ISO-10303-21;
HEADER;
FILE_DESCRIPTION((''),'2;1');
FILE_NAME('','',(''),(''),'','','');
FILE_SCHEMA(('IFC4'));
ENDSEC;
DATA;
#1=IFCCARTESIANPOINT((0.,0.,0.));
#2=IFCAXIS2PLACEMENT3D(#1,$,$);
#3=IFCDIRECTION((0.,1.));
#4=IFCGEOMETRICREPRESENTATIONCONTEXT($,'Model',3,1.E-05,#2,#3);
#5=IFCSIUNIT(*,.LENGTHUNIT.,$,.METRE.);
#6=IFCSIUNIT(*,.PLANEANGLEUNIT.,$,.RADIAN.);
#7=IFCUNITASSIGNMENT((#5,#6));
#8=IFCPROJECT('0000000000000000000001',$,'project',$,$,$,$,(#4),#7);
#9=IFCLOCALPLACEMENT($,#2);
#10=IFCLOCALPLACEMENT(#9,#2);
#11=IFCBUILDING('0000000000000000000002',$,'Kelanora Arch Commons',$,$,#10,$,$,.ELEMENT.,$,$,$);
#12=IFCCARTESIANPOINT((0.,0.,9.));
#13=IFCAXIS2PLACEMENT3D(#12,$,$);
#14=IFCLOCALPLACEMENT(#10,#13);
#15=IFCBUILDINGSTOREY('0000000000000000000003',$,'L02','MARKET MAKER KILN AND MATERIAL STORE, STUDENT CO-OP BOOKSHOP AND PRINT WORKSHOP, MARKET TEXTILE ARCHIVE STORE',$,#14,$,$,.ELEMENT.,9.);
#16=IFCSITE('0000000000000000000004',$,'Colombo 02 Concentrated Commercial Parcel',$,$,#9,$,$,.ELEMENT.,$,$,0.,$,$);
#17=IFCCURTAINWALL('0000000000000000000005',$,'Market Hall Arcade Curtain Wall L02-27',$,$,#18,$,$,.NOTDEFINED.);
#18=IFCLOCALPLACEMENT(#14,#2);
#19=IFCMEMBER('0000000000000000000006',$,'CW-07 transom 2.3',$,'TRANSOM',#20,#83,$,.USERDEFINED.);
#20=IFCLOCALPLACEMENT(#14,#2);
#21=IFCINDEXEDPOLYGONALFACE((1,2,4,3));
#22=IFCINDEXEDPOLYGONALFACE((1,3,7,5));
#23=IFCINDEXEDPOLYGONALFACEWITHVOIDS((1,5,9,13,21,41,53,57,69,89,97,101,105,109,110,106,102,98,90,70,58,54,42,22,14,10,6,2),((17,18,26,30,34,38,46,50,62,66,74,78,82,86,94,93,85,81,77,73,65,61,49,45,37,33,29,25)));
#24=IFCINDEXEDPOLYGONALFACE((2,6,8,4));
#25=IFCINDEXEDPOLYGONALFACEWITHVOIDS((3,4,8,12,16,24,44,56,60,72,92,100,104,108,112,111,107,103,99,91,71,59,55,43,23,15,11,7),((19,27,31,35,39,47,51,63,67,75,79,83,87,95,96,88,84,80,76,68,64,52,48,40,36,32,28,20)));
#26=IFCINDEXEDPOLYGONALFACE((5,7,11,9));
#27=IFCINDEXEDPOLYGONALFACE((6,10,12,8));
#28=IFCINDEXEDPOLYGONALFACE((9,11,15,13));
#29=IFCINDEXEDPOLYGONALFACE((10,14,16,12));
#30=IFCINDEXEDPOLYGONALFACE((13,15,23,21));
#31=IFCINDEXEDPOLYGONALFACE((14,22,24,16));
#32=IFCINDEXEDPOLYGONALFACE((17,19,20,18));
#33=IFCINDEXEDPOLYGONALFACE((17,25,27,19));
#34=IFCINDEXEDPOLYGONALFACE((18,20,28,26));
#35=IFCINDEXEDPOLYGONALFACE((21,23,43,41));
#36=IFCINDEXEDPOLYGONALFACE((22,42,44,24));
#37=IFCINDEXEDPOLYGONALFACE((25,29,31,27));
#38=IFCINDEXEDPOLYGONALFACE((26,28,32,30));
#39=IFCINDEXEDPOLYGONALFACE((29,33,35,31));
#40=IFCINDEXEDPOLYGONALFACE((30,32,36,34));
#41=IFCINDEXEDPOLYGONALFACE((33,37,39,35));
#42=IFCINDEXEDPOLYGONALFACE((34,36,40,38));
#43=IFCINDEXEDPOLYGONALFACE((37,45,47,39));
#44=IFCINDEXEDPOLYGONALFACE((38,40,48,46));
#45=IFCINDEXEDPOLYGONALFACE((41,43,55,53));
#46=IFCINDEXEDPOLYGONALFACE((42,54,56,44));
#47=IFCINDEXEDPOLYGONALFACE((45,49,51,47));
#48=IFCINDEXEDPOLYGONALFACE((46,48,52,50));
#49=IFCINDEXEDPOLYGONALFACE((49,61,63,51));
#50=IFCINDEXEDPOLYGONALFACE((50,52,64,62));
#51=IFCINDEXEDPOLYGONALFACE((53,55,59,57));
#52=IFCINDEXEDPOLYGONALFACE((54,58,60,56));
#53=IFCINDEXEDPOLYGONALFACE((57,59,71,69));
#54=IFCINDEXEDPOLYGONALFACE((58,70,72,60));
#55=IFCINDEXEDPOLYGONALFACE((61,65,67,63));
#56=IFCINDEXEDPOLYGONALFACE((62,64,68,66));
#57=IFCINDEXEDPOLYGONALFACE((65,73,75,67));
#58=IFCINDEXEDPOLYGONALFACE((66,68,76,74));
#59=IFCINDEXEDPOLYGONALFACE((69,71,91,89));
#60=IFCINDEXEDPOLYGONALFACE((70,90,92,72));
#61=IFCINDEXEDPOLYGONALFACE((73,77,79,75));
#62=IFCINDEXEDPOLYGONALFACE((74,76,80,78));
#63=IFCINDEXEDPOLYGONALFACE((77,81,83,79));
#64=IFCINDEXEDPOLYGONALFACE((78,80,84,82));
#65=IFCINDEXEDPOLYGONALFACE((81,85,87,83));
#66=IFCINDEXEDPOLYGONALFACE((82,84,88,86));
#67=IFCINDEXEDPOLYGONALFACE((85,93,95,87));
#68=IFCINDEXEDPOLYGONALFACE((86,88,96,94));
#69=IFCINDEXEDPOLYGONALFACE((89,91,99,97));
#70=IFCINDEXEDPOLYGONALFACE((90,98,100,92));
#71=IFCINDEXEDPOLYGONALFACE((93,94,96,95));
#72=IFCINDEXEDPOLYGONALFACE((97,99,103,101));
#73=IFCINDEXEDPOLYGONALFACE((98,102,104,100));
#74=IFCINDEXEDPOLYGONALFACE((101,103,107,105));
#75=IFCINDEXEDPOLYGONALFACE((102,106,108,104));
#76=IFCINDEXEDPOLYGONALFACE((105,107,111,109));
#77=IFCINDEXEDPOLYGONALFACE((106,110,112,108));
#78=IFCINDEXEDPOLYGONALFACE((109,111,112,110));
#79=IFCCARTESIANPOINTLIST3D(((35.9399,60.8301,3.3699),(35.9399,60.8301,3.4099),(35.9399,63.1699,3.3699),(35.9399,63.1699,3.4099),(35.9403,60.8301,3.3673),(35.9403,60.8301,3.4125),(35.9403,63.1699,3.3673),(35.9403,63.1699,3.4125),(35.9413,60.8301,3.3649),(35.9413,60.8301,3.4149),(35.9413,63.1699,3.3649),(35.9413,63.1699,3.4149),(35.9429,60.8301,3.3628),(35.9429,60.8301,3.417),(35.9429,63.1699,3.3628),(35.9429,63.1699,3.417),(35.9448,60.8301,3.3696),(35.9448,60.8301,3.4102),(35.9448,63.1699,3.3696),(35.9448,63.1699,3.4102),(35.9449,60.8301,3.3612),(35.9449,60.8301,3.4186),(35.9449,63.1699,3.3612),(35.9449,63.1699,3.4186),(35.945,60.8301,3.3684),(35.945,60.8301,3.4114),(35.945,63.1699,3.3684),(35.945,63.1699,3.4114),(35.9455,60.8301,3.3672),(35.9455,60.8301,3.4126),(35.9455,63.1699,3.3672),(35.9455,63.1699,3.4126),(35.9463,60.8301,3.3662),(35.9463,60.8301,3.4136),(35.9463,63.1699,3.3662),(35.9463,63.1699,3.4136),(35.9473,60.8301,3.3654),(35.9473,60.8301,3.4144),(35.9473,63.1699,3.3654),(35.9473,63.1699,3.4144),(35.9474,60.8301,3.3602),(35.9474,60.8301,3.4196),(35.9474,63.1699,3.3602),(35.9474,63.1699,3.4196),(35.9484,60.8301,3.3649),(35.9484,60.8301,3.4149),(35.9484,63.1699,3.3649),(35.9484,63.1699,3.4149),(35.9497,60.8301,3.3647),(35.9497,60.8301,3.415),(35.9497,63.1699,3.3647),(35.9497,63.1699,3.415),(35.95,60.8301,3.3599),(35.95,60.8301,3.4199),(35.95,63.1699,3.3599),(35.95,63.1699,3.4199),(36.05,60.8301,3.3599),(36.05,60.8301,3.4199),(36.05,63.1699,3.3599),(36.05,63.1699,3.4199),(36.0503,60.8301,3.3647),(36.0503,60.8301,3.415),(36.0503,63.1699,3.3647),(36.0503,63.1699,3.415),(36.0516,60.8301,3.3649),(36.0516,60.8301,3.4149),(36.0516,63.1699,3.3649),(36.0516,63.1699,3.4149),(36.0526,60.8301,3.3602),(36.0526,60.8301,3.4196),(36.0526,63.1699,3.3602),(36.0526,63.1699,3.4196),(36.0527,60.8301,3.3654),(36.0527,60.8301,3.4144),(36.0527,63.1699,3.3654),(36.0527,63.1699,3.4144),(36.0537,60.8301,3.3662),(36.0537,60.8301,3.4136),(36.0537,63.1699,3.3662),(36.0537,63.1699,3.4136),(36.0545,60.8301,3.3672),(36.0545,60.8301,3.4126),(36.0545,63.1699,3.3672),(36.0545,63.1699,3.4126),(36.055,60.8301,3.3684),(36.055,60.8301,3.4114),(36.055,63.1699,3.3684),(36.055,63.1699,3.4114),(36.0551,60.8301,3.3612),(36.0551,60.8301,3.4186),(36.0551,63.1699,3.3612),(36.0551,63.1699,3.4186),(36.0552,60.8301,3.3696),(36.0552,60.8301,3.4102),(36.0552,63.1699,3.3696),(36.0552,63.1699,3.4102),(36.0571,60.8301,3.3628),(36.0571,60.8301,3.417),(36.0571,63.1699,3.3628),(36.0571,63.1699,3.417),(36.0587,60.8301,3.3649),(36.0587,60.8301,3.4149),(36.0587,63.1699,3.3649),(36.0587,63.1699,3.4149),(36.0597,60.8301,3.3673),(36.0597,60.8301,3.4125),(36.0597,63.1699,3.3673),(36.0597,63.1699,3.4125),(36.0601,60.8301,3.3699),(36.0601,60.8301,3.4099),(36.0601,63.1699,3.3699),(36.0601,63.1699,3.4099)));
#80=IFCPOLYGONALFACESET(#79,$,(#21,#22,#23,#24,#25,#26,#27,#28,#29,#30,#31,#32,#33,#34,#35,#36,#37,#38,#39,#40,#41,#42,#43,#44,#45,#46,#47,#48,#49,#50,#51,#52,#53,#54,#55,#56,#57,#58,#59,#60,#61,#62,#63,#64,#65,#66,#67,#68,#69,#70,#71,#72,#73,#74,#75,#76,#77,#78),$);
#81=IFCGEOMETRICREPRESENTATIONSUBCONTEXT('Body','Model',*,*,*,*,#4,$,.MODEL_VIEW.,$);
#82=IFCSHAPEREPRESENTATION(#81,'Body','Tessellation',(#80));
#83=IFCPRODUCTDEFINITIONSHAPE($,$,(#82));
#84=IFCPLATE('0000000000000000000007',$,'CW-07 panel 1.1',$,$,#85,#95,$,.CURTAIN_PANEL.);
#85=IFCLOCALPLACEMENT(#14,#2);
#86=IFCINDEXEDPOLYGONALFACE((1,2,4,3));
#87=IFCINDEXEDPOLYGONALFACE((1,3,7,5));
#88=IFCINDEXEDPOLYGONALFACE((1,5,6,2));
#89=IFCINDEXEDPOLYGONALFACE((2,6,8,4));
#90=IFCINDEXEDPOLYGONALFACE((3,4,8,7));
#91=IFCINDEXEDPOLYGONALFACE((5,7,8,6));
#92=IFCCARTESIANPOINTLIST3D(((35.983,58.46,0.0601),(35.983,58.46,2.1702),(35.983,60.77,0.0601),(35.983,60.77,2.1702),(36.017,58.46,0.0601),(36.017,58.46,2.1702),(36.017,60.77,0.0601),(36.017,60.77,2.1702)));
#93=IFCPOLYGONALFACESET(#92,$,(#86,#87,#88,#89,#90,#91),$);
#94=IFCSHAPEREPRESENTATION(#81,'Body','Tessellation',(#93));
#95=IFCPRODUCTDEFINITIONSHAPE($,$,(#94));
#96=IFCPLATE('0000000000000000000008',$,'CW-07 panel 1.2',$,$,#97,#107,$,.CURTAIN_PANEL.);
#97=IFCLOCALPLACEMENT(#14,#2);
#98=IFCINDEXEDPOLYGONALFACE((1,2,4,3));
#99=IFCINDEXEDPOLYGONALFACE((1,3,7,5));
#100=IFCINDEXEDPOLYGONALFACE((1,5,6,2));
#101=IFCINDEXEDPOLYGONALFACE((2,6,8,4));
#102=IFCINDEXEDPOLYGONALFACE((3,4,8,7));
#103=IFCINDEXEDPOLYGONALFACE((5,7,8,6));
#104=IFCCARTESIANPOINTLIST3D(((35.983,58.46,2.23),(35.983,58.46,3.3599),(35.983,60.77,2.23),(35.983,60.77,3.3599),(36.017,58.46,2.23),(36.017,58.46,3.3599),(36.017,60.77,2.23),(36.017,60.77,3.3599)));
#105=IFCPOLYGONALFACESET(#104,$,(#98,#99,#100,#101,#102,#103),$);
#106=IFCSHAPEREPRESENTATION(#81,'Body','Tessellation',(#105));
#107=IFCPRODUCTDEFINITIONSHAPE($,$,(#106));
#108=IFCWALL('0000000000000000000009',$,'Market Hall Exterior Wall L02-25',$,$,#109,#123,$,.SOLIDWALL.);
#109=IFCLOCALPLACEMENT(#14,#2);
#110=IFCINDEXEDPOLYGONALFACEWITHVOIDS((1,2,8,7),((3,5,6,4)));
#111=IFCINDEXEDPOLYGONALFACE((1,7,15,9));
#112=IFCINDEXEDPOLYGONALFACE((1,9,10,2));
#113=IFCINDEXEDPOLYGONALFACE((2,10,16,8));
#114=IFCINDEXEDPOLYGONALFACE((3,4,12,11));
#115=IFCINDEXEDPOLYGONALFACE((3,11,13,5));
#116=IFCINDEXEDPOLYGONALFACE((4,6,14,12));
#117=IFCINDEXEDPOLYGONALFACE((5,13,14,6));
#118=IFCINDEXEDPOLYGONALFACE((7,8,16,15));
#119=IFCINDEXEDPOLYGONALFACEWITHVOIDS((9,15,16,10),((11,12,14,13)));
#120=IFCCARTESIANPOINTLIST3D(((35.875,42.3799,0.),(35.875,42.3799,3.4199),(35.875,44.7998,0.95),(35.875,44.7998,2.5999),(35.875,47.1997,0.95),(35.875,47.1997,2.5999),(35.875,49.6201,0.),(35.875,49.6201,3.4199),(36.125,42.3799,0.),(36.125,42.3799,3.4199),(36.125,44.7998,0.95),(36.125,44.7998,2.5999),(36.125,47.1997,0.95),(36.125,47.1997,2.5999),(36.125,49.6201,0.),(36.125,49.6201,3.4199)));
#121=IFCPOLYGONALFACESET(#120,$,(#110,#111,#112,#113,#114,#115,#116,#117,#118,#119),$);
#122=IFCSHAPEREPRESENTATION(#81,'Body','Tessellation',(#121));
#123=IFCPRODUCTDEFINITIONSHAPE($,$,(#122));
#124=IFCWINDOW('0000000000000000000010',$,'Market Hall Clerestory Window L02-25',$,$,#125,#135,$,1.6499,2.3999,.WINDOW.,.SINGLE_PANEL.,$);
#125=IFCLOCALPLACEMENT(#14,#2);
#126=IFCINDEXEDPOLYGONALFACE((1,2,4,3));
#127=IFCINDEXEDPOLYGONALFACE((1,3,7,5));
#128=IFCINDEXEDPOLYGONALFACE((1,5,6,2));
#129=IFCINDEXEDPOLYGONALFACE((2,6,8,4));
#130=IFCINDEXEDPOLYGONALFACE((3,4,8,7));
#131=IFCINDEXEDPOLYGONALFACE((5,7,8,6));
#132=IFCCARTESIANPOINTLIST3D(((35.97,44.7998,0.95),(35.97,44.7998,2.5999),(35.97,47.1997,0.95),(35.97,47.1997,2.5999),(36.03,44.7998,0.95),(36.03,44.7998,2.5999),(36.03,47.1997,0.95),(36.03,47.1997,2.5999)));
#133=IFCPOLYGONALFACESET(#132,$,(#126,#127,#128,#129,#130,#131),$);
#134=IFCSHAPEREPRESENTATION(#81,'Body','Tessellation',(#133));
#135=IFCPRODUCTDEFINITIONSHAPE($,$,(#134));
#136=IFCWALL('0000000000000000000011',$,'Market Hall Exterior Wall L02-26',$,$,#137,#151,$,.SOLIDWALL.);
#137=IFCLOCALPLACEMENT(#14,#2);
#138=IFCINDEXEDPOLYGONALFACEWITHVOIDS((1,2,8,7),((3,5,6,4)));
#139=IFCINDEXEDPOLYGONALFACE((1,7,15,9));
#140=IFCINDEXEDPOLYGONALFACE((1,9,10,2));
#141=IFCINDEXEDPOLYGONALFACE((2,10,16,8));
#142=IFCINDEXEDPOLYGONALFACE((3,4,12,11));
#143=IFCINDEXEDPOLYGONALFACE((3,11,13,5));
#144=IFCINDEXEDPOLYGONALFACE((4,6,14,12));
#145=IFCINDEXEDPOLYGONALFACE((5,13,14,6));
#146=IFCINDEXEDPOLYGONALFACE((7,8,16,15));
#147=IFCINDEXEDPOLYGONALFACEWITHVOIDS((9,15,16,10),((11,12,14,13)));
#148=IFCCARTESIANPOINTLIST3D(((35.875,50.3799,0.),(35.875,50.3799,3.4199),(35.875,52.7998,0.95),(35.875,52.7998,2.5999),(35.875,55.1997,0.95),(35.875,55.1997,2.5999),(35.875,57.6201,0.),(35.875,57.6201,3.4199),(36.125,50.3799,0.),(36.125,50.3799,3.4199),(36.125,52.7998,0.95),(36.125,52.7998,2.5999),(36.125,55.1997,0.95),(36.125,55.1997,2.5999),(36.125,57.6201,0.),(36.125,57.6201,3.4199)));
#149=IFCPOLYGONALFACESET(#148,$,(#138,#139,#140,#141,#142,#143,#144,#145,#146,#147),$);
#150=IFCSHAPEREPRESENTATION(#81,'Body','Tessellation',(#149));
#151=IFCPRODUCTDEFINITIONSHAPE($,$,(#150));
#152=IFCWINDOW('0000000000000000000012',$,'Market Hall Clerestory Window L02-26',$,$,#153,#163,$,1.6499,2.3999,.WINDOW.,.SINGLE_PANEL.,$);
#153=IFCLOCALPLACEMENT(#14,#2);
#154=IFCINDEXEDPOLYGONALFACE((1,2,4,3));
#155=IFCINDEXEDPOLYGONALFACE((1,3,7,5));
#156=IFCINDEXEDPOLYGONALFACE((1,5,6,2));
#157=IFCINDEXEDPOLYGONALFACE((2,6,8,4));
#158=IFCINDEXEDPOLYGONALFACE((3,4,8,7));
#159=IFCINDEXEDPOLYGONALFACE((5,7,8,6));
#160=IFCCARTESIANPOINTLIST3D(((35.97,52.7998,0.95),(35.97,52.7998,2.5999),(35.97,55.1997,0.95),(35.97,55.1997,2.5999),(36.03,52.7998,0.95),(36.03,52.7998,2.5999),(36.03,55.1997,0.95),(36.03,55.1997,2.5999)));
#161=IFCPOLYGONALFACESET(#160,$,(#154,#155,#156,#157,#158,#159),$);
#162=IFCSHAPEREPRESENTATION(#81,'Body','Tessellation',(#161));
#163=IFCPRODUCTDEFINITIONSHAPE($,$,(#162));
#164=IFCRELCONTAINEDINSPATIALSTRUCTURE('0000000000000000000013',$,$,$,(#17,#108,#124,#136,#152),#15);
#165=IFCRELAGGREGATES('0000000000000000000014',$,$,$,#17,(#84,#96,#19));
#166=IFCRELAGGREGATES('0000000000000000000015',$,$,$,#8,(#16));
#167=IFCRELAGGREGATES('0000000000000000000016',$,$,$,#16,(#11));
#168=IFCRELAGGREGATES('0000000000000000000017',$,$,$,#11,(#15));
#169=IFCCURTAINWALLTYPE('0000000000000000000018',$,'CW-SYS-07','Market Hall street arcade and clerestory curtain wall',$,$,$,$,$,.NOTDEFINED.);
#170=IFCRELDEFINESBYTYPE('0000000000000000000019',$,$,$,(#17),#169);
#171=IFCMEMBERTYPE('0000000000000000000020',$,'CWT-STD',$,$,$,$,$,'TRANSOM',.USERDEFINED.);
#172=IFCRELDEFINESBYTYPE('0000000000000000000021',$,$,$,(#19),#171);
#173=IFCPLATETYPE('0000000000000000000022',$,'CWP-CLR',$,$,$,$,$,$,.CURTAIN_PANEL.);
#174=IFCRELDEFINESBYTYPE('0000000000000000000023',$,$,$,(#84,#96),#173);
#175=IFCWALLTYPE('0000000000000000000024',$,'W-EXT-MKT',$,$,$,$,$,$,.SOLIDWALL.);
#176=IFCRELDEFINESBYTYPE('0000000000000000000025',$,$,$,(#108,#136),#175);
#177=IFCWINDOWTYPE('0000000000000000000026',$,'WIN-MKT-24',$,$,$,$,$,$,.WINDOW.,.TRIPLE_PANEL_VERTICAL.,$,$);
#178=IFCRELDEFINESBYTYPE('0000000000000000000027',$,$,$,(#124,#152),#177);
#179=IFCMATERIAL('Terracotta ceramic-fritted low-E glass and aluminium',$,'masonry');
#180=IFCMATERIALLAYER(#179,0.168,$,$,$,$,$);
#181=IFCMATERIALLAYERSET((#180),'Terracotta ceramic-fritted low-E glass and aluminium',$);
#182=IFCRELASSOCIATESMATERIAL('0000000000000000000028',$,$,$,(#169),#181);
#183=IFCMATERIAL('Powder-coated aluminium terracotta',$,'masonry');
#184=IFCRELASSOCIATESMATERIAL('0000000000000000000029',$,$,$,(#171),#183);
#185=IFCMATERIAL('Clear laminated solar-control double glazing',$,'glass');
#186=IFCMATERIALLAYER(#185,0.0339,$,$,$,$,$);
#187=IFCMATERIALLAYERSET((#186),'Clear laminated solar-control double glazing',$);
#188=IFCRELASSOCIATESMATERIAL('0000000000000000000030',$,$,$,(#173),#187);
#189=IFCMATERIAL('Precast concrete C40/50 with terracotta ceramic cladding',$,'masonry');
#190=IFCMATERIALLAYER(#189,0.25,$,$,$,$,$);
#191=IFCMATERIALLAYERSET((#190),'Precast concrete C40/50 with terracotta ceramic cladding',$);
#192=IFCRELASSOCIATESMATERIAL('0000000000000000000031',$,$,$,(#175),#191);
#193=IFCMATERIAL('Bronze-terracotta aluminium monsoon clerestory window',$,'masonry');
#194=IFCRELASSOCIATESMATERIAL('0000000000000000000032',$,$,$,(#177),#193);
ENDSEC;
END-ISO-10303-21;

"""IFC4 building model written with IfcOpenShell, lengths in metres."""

from ifc_helpers import new_model, si_unit, direction, frame, frame_2d, origin, origin_2d, place, context, subcontext, project, spatial, rectangle, hollow_rectangle, extrude, source, transform, mapped, material, layer, layer_set, material_profile, profile_set, type_object, element, fill, aggregate, save


model = new_model("IFC4")

# Units and contexts
model_context = context("Model", 3, precision=1e-05, world=origin(), true_north=direction((0.0, 1.0)))
body_context = subcontext(model_context, "Body", "Model", "MODEL_VIEW")
ifc_project = project(units=[si_unit("LENGTHUNIT", "METRE"), si_unit("PLANEANGLEUNIT", "RADIAN")], contexts=[model_context])

# Site, building, storey
site_placement = place(None, origin())
site = spatial("IfcSite", under=ifc_project, at=site_placement, Name="Colombo 02 Concentrated Commercial Parcel", CompositionType="ELEMENT", RefElevation=0.0)
building_placement = place(site_placement, origin())
building = spatial("IfcBuilding", under=site, at=building_placement, Name="Kelanora Arch Commons", CompositionType="ELEMENT")
storey_placement = place(building_placement, frame((0.0, 0.0, 9.0)))
storey = spatial("IfcBuildingStorey", under=building, at=storey_placement, Name="L02", Description="MARKET MAKER KILN AND MATERIAL STORE, STUDENT CO-OP BOOKSHOP AND PRINT WORKSHOP, MARKET TEXTILE ARCHIVE STORE", CompositionType="ELEMENT", Elevation=9.0)

# Curtain wall, member, plates
ifc_material_1 = material(Name="Terracotta ceramic-fritted low-E glass and aluminium", Category="masonry")
ifc_layer_1 = layer(ifc_material_1, 0.168)
ifc_layer_set_1 = layer_set([ifc_layer_1], Name="Terracotta ceramic-fritted low-E glass and aluminium")
curtain_wall_type = type_object("IfcCurtainWallType", Name="CW-SYS-07", Description="Market Hall street arcade and clerestory curtain wall", PredefinedType="NOTDEFINED", material=ifc_layer_set_1)
curtain_wall_placement = place(storey_placement, origin())
curtain_wall = element("IfcCurtainWall", 1, at=curtain_wall_placement, inside=storey, type_object=curtain_wall_type, Name="Market Hall Arcade Curtain Wall L02-27", PredefinedType="NOTDEFINED")
ifc_material_2 = material(Name="Powder-coated aluminium terracotta", Category="masonry")
ifc_material_profile_1 = material_profile(ifc_material_2, hollow_rectangle(XDim=0.1201, YDim=0.0601, WallThickness=0.0049, InnerFilletRadius=0.0049, OuterFilletRadius=0.01, at=origin_2d()), Name="CWT120x60")
ifc_profile_set_1 = profile_set([ifc_material_profile_1], Name="Powder-coated aluminium terracotta")
member_type_1 = type_object("IfcMemberType", Name="CWT-STD", ElementType="TRANSOM", PredefinedType="USERDEFINED", material=ifc_profile_set_1)
member_1_placement = place(storey_placement, frame((36.0, 60.8301, 3.3899), z_axis=(0.0, 1.0, 0.0), x_axis=(-1.0, 0.0, 0.0)))
member_1 = element("IfcMember", 2, at=member_1_placement, type_object=member_type_1, Name="CW-07 transom 2.3", ObjectType="TRANSOM", PredefinedType="USERDEFINED", context=body_context, shape_type="SweptSolid", body=[
    extrude(hollow_rectangle(XDim=0.1201, YDim=0.0601, WallThickness=0.0049, InnerFilletRadius=0.0049, OuterFilletRadius=0.01, at=origin_2d()), origin(), (0.0, 0.0, 1.0), 2.3398),
])
ifc_material_3 = material(Name="Clear laminated solar-control double glazing", Category="glass")
ifc_layer_2 = layer(ifc_material_3, 0.0339)
ifc_layer_set_2 = layer_set([ifc_layer_2], Name="Clear laminated solar-control double glazing")
plate_type = type_object("IfcPlateType", Name="CWP-CLR", PredefinedType="CURTAIN_PANEL", material=ifc_layer_set_2)
shared_shape_1 = source(origin(), body_context, "Body", "SweptSolid", [
    extrude(rectangle(XDim=2.3101, YDim=0.0339, at=origin_2d()), origin(), (0.0, 0.0, 1.0), 2.1101),
])
plate_1_placement = place(storey_placement, frame((36.0, 59.615, 0.0601), z_axis=(0.0, 0.0, 1.0), x_axis=(0.0, 1.0, 0.0)))
plate_1 = element("IfcPlate", 3, at=plate_1_placement, type_object=plate_type, Name="CW-07 panel 1.1", PredefinedType="CURTAIN_PANEL", context=body_context, shape_type="MappedRepresentation", body=[
    mapped(shared_shape_1, transform((0.0, 0.0, 0.0), scale=1.0)),
])
shared_shape_2 = source(origin(), body_context, "Body", "SweptSolid", [
    extrude(rectangle(XDim=2.3101, YDim=0.0339, at=origin_2d()), origin(), (0.0, 0.0, 1.0), 1.1299),
])
plate_2_placement = place(storey_placement, frame((36.0, 59.615, 2.23), z_axis=(0.0, 0.0, 1.0), x_axis=(0.0, 1.0, 0.0)))
plate_2 = element("IfcPlate", 4, at=plate_2_placement, type_object=plate_type, Name="CW-07 panel 1.2", PredefinedType="CURTAIN_PANEL", context=body_context, shape_type="MappedRepresentation", body=[
    mapped(shared_shape_2, transform((0.0, 0.0, 0.0), scale=1.0)),
])
aggregate(curtain_wall, [plate_1, plate_2, member_1])

# Walls, openings, windows
ifc_material_4 = material(Name="Precast concrete C40/50 with terracotta ceramic cladding", Category="masonry")
ifc_layer_3 = layer(ifc_material_4, 0.25)
ifc_layer_set_3 = layer_set([ifc_layer_3], Name="Precast concrete C40/50 with terracotta ceramic cladding")
wall_type_1 = type_object("IfcWallType", Name="W-EXT-MKT", PredefinedType="SOLIDWALL", material=ifc_layer_set_3)
wall_1_placement = place(storey_placement, frame((36.0, 42.3799, 0.0), z_axis=(0.0, 0.0, 1.0), x_axis=(0.0, 1.0, 0.0)))
wall_1 = element("IfcWall", 5, at=wall_1_placement, inside=storey, type_object=wall_type_1, Name="Market Hall Exterior Wall L02-25", PredefinedType="SOLIDWALL", context=body_context, shape_type="SweptSolid", body=[
    extrude(rectangle(XDim=7.2402, YDim=0.25, at=frame_2d((3.6201, 0.0))), origin(), (0.0, 0.0, 1.0), 3.4199),
])
opening_1_placement = place(wall_1_placement, frame((2.4199, 0.0, 0.95)))
opening_1 = element("IfcOpeningElement", 6, at=opening_1_placement, cuts=wall_1, PredefinedType="OPENING", context=body_context, shape_type="SweptSolid", body=[
    extrude(rectangle(XDim=2.3999, YDim=1.6499, at=frame_2d((1.2, 0.825))), frame((0.0, 0.135, 0.0), z_axis=(0.0, -1.0, 0.0), x_axis=(1.0, 0.0, 0.0)), (0.0, 0.0, 1.0), 0.27),
])
ifc_material_5 = material(Name="Bronze-terracotta aluminium monsoon clerestory window", Category="masonry")
window_type_1 = type_object("IfcWindowType", Name="WIN-MKT-24", PartitioningType="TRIPLE_PANEL_VERTICAL", PredefinedType="WINDOW", material=ifc_material_5)
window_1_placement = place(opening_1_placement, origin())
window_1 = element("IfcWindow", 7, at=window_1_placement, inside=storey, type_object=window_type_1, Name="Market Hall Clerestory Window L02-25", OverallHeight=1.6499, OverallWidth=2.3999, PartitioningType="SINGLE_PANEL", PredefinedType="WINDOW", context=body_context, shape_type="SweptSolid", body=[
    extrude(rectangle(XDim=2.3999, YDim=1.6499, at=frame_2d((1.2, 0.825))), frame((0.0, 0.03, 0.0), z_axis=(0.0, -1.0, 0.0), x_axis=(1.0, 0.0, 0.0)), (0.0, 0.0, 1.0), 0.0601),
])
fill(opening_1, window_1)
wall_2_placement = place(storey_placement, frame((36.0, 50.3799, 0.0), z_axis=(0.0, 0.0, 1.0), x_axis=(0.0, 1.0, 0.0)))
wall_2 = element("IfcWall", 8, at=wall_2_placement, inside=storey, type_object=wall_type_1, Name="Market Hall Exterior Wall L02-26", PredefinedType="SOLIDWALL", context=body_context, shape_type="SweptSolid", body=[
    extrude(rectangle(XDim=7.2402, YDim=0.25, at=frame_2d((3.6201, 0.0))), origin(), (0.0, 0.0, 1.0), 3.4199),
])
opening_2_placement = place(wall_2_placement, frame((2.4199, 0.0, 0.95)))
opening_2 = element("IfcOpeningElement", 9, at=opening_2_placement, cuts=wall_2, PredefinedType="OPENING", context=body_context, shape_type="SweptSolid", body=[
    extrude(rectangle(XDim=2.3999, YDim=1.6499, at=frame_2d((1.2, 0.825))), frame((0.0, 0.135, 0.0), z_axis=(0.0, -1.0, 0.0), x_axis=(1.0, 0.0, 0.0)), (0.0, 0.0, 1.0), 0.27),
])
window_2_placement = place(opening_2_placement, origin())
window_2 = element("IfcWindow", 10, at=window_2_placement, inside=storey, type_object=window_type_1, Name="Market Hall Clerestory Window L02-26", OverallHeight=1.6499, OverallWidth=2.3999, PartitioningType="SINGLE_PANEL", PredefinedType="WINDOW", context=body_context, shape_type="SweptSolid", body=[
    extrude(rectangle(XDim=2.3999, YDim=1.6499, at=frame_2d((1.2, 0.825))), frame((0.0, 0.03, 0.0), z_axis=(0.0, -1.0, 0.0), x_axis=(1.0, 0.0, 0.0)), (0.0, 0.0, 1.0), 0.0601),
])
fill(opening_2, window_2)

save(model, "model.ifc")
